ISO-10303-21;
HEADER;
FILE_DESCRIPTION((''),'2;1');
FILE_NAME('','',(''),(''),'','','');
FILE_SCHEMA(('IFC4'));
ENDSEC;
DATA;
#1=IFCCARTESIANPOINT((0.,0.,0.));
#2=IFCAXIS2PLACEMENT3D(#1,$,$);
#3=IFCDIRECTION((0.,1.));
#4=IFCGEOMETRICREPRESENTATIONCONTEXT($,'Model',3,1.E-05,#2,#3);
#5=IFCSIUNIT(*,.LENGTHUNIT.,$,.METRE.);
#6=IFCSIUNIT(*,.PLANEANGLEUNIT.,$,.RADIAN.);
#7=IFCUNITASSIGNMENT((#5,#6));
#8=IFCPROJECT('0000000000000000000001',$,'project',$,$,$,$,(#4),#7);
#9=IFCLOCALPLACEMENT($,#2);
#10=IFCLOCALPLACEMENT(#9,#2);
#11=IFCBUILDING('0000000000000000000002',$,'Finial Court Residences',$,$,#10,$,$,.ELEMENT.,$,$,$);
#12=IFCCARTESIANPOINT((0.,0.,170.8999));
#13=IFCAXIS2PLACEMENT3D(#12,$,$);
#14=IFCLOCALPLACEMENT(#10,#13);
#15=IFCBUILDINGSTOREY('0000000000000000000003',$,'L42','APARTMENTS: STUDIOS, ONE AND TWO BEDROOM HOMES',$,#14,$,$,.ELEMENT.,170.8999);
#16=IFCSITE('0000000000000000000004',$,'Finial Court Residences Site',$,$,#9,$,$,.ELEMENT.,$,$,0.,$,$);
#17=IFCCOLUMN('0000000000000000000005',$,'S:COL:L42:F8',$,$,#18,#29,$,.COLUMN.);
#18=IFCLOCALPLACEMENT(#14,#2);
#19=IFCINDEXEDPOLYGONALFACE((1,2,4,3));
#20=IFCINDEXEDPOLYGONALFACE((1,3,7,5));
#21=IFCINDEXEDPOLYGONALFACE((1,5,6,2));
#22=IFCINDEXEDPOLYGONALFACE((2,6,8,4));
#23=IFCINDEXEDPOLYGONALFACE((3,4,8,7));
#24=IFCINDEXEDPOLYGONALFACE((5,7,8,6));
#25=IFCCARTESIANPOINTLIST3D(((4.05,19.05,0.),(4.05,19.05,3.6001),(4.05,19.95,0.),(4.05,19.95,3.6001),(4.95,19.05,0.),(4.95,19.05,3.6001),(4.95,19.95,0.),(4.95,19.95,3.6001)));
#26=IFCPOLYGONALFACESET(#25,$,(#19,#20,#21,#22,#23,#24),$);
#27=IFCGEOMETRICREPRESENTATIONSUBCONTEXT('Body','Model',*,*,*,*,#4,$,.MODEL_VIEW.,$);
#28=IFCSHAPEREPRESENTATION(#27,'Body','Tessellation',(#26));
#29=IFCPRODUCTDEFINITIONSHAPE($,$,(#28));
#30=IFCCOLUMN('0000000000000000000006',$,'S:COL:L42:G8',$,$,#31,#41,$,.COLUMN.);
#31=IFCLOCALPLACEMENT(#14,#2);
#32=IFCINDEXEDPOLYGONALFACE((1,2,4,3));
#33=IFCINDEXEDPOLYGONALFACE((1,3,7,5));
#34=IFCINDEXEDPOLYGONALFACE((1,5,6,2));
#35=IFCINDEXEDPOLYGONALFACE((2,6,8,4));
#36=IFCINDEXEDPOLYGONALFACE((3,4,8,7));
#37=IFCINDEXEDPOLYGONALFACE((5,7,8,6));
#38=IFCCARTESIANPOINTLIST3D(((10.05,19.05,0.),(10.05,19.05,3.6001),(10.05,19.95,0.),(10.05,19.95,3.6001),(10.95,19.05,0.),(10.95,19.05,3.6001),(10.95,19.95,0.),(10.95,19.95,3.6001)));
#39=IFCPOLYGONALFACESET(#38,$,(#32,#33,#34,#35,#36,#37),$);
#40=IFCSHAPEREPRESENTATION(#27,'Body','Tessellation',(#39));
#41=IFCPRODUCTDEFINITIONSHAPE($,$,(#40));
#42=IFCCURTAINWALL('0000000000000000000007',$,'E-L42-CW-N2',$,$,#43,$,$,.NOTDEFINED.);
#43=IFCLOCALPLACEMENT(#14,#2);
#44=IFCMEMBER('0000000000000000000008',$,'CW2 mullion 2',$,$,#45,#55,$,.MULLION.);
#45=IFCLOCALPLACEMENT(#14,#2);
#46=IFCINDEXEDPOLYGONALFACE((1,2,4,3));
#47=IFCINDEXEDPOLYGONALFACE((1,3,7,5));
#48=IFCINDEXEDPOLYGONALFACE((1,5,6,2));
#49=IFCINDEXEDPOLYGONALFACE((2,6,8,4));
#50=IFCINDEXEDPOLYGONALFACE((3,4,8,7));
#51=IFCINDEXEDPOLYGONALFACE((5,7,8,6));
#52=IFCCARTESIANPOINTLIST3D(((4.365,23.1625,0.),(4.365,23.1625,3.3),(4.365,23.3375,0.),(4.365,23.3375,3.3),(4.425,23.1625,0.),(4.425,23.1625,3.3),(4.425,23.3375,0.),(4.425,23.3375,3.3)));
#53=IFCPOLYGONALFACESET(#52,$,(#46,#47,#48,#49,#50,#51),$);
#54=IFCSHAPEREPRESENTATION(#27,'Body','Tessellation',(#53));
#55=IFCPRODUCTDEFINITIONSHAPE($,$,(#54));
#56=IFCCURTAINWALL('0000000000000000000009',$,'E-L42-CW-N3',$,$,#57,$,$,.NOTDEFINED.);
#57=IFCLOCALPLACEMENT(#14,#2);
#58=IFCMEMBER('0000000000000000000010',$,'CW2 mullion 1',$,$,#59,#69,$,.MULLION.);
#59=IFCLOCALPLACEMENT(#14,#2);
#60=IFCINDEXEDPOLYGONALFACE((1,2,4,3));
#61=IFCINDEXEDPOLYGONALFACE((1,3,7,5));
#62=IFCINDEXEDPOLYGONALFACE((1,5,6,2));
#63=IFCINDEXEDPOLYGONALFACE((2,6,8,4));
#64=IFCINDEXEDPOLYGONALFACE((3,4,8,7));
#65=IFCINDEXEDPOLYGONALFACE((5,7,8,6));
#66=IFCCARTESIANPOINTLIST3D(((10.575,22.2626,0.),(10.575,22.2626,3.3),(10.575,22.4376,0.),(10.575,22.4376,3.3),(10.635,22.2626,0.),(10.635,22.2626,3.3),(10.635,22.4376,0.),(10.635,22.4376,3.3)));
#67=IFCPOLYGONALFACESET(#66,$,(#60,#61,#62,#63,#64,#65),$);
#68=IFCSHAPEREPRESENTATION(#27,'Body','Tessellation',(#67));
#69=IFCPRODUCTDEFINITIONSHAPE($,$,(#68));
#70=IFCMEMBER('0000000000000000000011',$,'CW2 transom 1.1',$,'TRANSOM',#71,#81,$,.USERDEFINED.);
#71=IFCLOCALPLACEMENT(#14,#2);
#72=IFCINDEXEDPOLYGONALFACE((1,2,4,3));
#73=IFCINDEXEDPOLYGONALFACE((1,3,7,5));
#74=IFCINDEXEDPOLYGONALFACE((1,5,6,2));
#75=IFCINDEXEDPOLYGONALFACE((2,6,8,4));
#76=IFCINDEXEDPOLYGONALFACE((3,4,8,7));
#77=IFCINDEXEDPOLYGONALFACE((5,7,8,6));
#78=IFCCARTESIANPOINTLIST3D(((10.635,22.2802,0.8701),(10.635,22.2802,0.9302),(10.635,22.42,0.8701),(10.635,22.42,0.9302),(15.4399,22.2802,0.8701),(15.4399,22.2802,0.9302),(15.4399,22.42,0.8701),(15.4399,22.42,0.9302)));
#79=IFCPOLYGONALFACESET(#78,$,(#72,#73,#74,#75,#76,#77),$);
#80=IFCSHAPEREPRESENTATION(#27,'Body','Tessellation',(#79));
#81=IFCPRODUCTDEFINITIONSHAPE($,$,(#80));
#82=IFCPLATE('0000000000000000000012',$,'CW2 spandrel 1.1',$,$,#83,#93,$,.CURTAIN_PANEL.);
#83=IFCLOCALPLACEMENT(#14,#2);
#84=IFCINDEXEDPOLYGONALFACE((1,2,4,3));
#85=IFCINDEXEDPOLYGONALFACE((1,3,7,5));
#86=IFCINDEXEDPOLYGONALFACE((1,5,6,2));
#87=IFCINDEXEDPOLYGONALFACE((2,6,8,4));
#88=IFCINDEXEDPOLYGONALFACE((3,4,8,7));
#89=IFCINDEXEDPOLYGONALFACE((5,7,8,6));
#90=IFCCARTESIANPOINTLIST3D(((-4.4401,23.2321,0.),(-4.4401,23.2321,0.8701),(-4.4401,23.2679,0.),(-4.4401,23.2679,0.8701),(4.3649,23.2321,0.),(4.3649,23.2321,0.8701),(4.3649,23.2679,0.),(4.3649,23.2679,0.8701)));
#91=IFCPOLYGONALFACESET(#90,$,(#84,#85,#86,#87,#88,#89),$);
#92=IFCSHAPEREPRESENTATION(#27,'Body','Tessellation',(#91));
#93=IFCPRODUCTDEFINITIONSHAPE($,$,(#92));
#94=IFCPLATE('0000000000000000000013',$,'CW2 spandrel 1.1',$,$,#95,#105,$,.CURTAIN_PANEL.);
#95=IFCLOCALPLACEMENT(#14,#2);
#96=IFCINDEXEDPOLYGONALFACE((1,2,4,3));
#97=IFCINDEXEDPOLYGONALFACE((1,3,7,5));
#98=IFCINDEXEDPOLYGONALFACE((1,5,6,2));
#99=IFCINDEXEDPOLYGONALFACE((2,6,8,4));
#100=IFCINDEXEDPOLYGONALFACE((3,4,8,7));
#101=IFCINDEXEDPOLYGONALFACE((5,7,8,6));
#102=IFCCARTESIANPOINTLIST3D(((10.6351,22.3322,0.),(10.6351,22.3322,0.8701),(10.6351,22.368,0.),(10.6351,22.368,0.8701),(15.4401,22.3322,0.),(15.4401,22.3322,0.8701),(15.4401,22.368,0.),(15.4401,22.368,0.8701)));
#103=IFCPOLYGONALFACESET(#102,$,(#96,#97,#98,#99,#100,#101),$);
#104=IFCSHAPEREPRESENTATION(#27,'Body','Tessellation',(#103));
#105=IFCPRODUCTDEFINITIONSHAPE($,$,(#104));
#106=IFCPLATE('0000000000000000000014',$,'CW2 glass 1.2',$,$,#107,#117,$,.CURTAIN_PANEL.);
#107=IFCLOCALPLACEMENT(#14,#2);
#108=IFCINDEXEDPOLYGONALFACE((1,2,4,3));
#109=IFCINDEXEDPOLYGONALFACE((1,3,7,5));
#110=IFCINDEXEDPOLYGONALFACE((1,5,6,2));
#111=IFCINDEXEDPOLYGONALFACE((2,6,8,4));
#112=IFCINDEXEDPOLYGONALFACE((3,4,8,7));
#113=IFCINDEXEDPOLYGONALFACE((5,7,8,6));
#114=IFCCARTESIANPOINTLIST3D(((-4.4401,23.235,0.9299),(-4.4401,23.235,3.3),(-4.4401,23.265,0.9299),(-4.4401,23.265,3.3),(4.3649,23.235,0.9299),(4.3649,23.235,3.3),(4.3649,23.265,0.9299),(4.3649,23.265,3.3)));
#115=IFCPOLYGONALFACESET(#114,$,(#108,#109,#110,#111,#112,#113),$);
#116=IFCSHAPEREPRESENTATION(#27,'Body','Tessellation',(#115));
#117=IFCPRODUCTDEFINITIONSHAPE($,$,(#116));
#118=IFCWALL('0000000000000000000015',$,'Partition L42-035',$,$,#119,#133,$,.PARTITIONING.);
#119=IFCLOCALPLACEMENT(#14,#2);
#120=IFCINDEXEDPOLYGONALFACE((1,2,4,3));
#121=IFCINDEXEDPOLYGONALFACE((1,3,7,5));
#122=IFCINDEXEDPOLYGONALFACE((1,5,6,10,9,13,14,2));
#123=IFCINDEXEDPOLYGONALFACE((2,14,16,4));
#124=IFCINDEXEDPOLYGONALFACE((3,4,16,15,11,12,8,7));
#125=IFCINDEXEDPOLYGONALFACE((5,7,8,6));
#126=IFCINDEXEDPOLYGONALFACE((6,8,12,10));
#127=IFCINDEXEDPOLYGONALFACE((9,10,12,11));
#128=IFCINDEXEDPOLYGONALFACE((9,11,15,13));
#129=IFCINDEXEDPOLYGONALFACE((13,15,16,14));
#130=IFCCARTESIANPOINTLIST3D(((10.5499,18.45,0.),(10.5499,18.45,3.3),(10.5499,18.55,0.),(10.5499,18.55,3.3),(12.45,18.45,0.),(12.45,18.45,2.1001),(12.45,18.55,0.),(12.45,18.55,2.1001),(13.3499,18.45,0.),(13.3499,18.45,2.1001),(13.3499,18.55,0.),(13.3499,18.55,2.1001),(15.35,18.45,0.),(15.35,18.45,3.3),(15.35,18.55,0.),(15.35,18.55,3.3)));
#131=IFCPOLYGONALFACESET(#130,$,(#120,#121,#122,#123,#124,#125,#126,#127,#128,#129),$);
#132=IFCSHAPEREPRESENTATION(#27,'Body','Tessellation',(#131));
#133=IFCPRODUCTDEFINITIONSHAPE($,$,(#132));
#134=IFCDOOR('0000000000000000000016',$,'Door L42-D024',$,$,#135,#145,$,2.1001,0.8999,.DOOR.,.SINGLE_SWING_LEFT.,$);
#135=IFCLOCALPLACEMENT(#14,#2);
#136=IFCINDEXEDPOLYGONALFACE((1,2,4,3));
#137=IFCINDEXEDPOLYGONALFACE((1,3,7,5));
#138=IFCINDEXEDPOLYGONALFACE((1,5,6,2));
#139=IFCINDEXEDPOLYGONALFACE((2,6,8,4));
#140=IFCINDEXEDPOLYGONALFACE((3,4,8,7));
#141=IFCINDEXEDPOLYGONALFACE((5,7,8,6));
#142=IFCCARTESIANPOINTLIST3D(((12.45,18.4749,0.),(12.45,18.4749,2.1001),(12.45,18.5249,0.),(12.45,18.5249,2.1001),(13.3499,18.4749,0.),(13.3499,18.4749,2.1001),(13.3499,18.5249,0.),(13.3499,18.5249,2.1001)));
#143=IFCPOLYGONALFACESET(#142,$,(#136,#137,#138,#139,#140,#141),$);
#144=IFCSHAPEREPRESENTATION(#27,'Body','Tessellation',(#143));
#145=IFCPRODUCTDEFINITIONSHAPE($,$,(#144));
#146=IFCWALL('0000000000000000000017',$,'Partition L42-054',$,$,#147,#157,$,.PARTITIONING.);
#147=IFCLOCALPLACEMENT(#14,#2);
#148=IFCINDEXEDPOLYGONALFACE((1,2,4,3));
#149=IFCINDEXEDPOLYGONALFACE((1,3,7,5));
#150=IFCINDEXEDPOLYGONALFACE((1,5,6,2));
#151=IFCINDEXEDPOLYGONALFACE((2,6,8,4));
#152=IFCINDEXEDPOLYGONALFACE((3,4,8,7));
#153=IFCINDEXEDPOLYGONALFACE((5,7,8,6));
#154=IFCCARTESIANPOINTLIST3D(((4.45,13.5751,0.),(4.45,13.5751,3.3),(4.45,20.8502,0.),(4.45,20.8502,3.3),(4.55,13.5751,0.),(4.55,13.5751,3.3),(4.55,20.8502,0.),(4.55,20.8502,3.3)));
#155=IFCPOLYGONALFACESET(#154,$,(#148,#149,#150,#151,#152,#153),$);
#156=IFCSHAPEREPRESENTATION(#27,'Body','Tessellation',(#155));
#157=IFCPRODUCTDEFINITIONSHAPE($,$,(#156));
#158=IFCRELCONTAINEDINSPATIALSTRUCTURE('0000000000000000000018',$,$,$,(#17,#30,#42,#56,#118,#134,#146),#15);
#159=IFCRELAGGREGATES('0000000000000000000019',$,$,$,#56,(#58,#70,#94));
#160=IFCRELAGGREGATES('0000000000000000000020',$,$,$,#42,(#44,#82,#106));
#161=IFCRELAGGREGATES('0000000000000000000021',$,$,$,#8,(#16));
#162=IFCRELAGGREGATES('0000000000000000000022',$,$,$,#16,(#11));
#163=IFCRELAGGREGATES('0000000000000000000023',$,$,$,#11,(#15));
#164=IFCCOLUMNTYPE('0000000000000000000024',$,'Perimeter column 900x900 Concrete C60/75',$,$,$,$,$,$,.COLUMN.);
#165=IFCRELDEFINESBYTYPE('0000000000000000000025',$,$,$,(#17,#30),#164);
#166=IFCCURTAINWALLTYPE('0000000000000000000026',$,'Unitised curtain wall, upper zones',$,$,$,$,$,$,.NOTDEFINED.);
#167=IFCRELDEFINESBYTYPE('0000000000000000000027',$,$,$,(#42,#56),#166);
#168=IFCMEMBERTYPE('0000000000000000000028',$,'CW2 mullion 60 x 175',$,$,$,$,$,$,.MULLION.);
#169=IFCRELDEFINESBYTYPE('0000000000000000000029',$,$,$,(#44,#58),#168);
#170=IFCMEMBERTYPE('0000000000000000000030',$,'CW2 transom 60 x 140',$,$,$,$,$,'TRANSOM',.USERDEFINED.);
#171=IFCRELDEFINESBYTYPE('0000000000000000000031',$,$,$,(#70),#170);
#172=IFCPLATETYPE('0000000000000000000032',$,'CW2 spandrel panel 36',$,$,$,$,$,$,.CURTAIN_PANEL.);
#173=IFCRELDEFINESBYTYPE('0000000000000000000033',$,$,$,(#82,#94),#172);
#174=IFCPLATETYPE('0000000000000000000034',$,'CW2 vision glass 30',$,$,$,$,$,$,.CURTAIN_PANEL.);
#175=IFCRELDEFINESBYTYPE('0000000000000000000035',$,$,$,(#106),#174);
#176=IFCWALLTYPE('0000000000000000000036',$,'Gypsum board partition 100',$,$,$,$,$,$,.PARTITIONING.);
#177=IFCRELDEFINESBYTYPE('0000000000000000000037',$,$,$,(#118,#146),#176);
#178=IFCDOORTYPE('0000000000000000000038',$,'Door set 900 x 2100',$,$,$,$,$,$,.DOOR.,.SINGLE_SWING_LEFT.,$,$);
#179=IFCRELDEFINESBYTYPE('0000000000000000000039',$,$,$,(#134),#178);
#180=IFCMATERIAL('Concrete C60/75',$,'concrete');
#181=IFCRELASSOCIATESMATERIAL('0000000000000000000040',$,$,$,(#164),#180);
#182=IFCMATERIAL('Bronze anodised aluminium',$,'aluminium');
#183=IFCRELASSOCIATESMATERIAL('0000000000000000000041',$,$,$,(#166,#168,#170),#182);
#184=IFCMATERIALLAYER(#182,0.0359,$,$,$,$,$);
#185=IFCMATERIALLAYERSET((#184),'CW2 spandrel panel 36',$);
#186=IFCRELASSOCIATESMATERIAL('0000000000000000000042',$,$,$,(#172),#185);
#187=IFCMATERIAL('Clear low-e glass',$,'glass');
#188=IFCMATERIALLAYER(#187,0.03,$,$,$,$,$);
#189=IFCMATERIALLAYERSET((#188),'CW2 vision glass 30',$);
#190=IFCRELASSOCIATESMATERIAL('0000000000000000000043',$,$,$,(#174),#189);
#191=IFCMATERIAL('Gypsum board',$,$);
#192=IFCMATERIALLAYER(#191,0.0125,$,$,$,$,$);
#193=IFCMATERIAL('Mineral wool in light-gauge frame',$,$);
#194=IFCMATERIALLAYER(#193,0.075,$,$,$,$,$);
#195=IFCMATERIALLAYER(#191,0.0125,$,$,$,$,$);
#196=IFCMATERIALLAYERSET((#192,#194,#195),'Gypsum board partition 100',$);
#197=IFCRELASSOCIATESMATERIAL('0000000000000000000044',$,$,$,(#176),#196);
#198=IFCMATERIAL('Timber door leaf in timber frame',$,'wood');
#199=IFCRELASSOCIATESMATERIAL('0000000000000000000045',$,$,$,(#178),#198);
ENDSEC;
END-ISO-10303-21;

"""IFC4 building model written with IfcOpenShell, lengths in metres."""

from ifc_helpers import new_model, si_unit, direction, frame, frame_2d, origin, origin_2d, place, context, subcontext, project, spatial, rectangle, extrude, material, layer, layer_set, material_profile, profile_set, type_object, element, fill, aggregate, save


model = new_model("IFC4")

# Units and contexts
model_context = context("Model", 3, precision=1e-05, world=origin(), true_north=direction((0.0, 1.0)))
body_context = subcontext(model_context, "Body", "Model", "MODEL_VIEW")
ifc_project = project(units=[si_unit("LENGTHUNIT", "METRE"), si_unit("PLANEANGLEUNIT", "RADIAN")], contexts=[model_context])

# Site, building, storey
site_placement = place(None, origin())
site = spatial("IfcSite", under=ifc_project, at=site_placement, Name="Finial Court Residences Site", CompositionType="ELEMENT", RefElevation=0.0)
building_placement = place(site_placement, origin())
building = spatial("IfcBuilding", under=site, at=building_placement, Name="Finial Court Residences", CompositionType="ELEMENT")
storey_placement = place(building_placement, frame((0.0, 0.0, 170.8999)))
storey = spatial("IfcBuildingStorey", under=building, at=storey_placement, Name="L42", Description="APARTMENTS: STUDIOS, ONE AND TWO BEDROOM HOMES", CompositionType="ELEMENT", Elevation=170.8999)

# Columns
ifc_material_1 = material(Name="Concrete C60/75", Category="concrete")
ifc_material_profile_1 = material_profile(ifc_material_1, rectangle(XDim=0.8999, YDim=0.8999, at=origin_2d()), Name="900x900")
ifc_profile_set_1 = profile_set([ifc_material_profile_1], Name="Concrete C60/75")
column_type = type_object("IfcColumnType", Name="Perimeter column 900x900 Concrete C60/75", PredefinedType="COLUMN", material=ifc_profile_set_1)
for number, where, z_axis, x_axis, name in (
    (1, (4.5, 19.5, 0.0), (0.0, 0.0, 1.0), (1.0, 0.0, 0.0), "S:COL:L42:F8"),
    (2, (10.5, 19.5, 0.0), (0.0, 0.0, 1.0), (1.0, 0.0, 0.0), "S:COL:L42:G8"),
):
    element("IfcColumn", number, at=place(storey_placement, frame(where, z_axis=z_axis, x_axis=x_axis)), inside=storey, type_object=column_type, Name=name, PredefinedType="COLUMN", context=body_context, shape_type="SweptSolid", body=[
        extrude(rectangle(XDim=0.8999, YDim=0.8999, at=origin_2d()), origin(), (0.0, 0.0, 1.0), 3.6001),
    ])

# Curtain wall, member
ifc_material_2 = material(Name="Bronze anodised aluminium", Category="aluminium")
curtain_wall_type = type_object("IfcCurtainWallType", Name="Unitised curtain wall, upper zones", PredefinedType="NOTDEFINED", material=ifc_material_2)
curtain_wall_1_placement = place(storey_placement, origin())
curtain_wall_1 = element("IfcCurtainWall", 3, at=curtain_wall_1_placement, inside=storey, type_object=curtain_wall_type, Name="E-L42-CW-N2", PredefinedType="NOTDEFINED")
ifc_material_profile_2 = material_profile(ifc_material_2, rectangle(XDim=0.175, YDim=0.0601, at=origin_2d()), Name="CW2 mullion 60 x 175")
ifc_profile_set_2 = profile_set([ifc_material_profile_2], Name="Bronze anodised aluminium")
member_type_1 = type_object("IfcMemberType", Name="CW2 mullion 60 x 175", PredefinedType="MULLION", material=ifc_profile_set_2)
member_1_placement = place(storey_placement, frame((4.395, 23.25, 0.0), z_axis=(0.0, 0.0, 1.0), x_axis=(0.0, 1.0, 0.0)))
member_1 = element("IfcMember", 4, at=member_1_placement, type_object=member_type_1, Name="CW2 mullion 2", PredefinedType="MULLION", context=body_context, shape_type="SweptSolid", body=[
    extrude(rectangle(XDim=0.175, YDim=0.0601, at=origin_2d()), origin(), (0.0, 0.0, 1.0), 3.3),
])

# Curtain wall, members
curtain_wall_2_placement = place(storey_placement, origin())
curtain_wall_2 = element("IfcCurtainWall", 5, at=curtain_wall_2_placement, inside=storey, type_object=curtain_wall_type, Name="E-L42-CW-N3", PredefinedType="NOTDEFINED")
member_2_placement = place(storey_placement, frame((10.605, 22.3501, 0.0), z_axis=(0.0, 0.0, 1.0), x_axis=(0.0, 1.0, 0.0)))
member_2 = element("IfcMember", 6, at=member_2_placement, type_object=member_type_1, Name="CW2 mullion 1", PredefinedType="MULLION", context=body_context, shape_type="SweptSolid", body=[
    extrude(rectangle(XDim=0.175, YDim=0.0601, at=origin_2d()), origin(), (0.0, 0.0, 1.0), 3.3),
])
ifc_material_profile_3 = material_profile(ifc_material_2, rectangle(XDim=0.1399, YDim=0.0601, at=origin_2d()), Name="CW2 transom 60 x 140")
ifc_profile_set_3 = profile_set([ifc_material_profile_3], Name="Bronze anodised aluminium")
member_type_2 = type_object("IfcMemberType", Name="CW2 transom 60 x 140", ElementType="TRANSOM", PredefinedType="USERDEFINED", material=ifc_profile_set_3)
member_3_placement = place(storey_placement, frame((10.635, 22.3501, 0.9001), z_axis=(1.0, 0.0, 0.0), x_axis=(0.0, 1.0, 0.0)))
member_3 = element("IfcMember", 7, at=member_3_placement, type_object=member_type_2, Name="CW2 transom 1.1", ObjectType="TRANSOM", PredefinedType="USERDEFINED", context=body_context, shape_type="SweptSolid", body=[
    extrude(rectangle(XDim=0.1399, YDim=0.0601, at=origin_2d()), origin(), (0.0, 0.0, 1.0), 4.8049),
])

# Plates
ifc_layer_1 = layer(ifc_material_2, 0.0359)
ifc_layer_set_1 = layer_set([ifc_layer_1], Name="CW2 spandrel panel 36")
plate_type_1 = type_object("IfcPlateType", Name="CW2 spandrel panel 36", PredefinedType="CURTAIN_PANEL", material=ifc_layer_set_1)
plate_1_placement = place(storey_placement, frame((-0.0376, 23.25, 0.0), z_axis=(0.0, 0.0, 1.0), x_axis=(1.0, 0.0, 0.0)))
plate_1 = element("IfcPlate", 8, at=plate_1_placement, type_object=plate_type_1, Name="CW2 spandrel 1.1", PredefinedType="CURTAIN_PANEL", context=body_context, shape_type="SweptSolid", body=[
    extrude(rectangle(XDim=8.8049, YDim=0.0359, at=origin_2d()), origin(), (0.0, 0.0, 1.0), 0.8701),
])
plate_2_placement = place(storey_placement, frame((13.0376, 22.3501, 0.0), z_axis=(0.0, 0.0, 1.0), x_axis=(1.0, 0.0, 0.0)))
plate_2 = element("IfcPlate", 9, at=plate_2_placement, type_object=plate_type_1, Name="CW2 spandrel 1.1", PredefinedType="CURTAIN_PANEL", context=body_context, shape_type="SweptSolid", body=[
    extrude(rectangle(XDim=4.8049, YDim=0.0359, at=origin_2d()), origin(), (0.0, 0.0, 1.0), 0.8701),
])
aggregate(curtain_wall_2, [member_2, member_3, plate_2])
ifc_material_3 = material(Name="Clear low-e glass", Category="glass")
ifc_layer_2 = layer(ifc_material_3, 0.03)
ifc_layer_set_2 = layer_set([ifc_layer_2], Name="CW2 vision glass 30")
plate_type_2 = type_object("IfcPlateType", Name="CW2 vision glass 30", PredefinedType="CURTAIN_PANEL", material=ifc_layer_set_2)
plate_3_placement = place(storey_placement, frame((-0.0376, 23.25, 0.9299), z_axis=(0.0, 0.0, 1.0), x_axis=(1.0, 0.0, 0.0)))
plate_3 = element("IfcPlate", 10, at=plate_3_placement, type_object=plate_type_2, Name="CW2 glass 1.2", PredefinedType="CURTAIN_PANEL", context=body_context, shape_type="SweptSolid", body=[
    extrude(rectangle(XDim=8.8049, YDim=0.03, at=origin_2d()), origin(), (0.0, 0.0, 1.0), 2.3701),
])
aggregate(curtain_wall_1, [member_1, plate_1, plate_3])

# Wall, opening, door
ifc_material_4 = material(Name="Gypsum board")
ifc_layer_3 = layer(ifc_material_4, 0.0125)
ifc_material_5 = material(Name="Mineral wool in light-gauge frame")
ifc_layer_4 = layer(ifc_material_5, 0.075)
ifc_layer_5 = layer(ifc_material_4, 0.0125)
ifc_layer_set_3 = layer_set([ifc_layer_3, ifc_layer_4, ifc_layer_5], Name="Gypsum board partition 100")
wall_type_1 = type_object("IfcWallType", Name="Gypsum board partition 100", PredefinedType="PARTITIONING", material=ifc_layer_set_3)
wall_1_placement = place(storey_placement, frame((10.55, 18.5, 0.0), z_axis=(0.0, 0.0, 1.0), x_axis=(1.0, 0.0, 0.0)))
wall_1 = element("IfcWall", 11, at=wall_1_placement, inside=storey, type_object=wall_type_1, Name="Partition L42-035", PredefinedType="PARTITIONING", context=body_context, shape_type="SweptSolid", body=[
    extrude(rectangle(XDim=4.8, YDim=0.1001, at=frame_2d((2.3999, 0.0))), origin(), (0.0, 0.0, 1.0), 3.3),
])
opening_1_placement = place(wall_1_placement, frame((1.8999, 0.0, 0.0)))
opening_1 = element("IfcOpeningElement", 12, at=opening_1_placement, cuts=wall_1, PredefinedType="OPENING", context=body_context, shape_type="SweptSolid", body=[
    extrude(rectangle(XDim=0.8999, YDim=2.1001, at=frame_2d((0.45, 1.05))), frame((0.0, 0.0601, 0.0), z_axis=(0.0, -1.0, 0.0), x_axis=(1.0, 0.0, 0.0)), (0.0, 0.0, 1.0), 0.1201),
])
ifc_material_6 = material(Name="Timber door leaf in timber frame", Category="wood")
door_type_1 = type_object("IfcDoorType", Name="Door set 900 x 2100", OperationType="SINGLE_SWING_LEFT", PredefinedType="DOOR", material=ifc_material_6)
door_1_placement = place(opening_1_placement, origin())
door_1 = element("IfcDoor", 13, at=door_1_placement, inside=storey, type_object=door_type_1, Name="Door L42-D024", OperationType="SINGLE_SWING_LEFT", OverallHeight=2.1001, OverallWidth=0.8999, PredefinedType="DOOR", context=body_context, shape_type="SweptSolid", body=[
    extrude(rectangle(XDim=0.8999, YDim=2.1001, at=frame_2d((0.45, 1.05))), frame((0.0, 0.0249, 0.0), z_axis=(0.0, -1.0, 0.0), x_axis=(1.0, 0.0, 0.0)), (0.0, 0.0, 1.0), 0.05),
])
fill(opening_1, door_1)

# Wall
wall_2_placement = place(storey_placement, frame((4.5, 13.575, 0.0), z_axis=(0.0, 0.0, 1.0), x_axis=(0.0, 1.0, 0.0)))
element("IfcWall", 14, at=wall_2_placement, inside=storey, type_object=wall_type_1, Name="Partition L42-054", PredefinedType="PARTITIONING", context=body_context, shape_type="SweptSolid", body=[
    extrude(rectangle(XDim=7.2751, YDim=0.1001, at=frame_2d((3.6377, 0.0))), origin(), (0.0, 0.0, 1.0), 3.3),
])

save(model, "model.ifc")
